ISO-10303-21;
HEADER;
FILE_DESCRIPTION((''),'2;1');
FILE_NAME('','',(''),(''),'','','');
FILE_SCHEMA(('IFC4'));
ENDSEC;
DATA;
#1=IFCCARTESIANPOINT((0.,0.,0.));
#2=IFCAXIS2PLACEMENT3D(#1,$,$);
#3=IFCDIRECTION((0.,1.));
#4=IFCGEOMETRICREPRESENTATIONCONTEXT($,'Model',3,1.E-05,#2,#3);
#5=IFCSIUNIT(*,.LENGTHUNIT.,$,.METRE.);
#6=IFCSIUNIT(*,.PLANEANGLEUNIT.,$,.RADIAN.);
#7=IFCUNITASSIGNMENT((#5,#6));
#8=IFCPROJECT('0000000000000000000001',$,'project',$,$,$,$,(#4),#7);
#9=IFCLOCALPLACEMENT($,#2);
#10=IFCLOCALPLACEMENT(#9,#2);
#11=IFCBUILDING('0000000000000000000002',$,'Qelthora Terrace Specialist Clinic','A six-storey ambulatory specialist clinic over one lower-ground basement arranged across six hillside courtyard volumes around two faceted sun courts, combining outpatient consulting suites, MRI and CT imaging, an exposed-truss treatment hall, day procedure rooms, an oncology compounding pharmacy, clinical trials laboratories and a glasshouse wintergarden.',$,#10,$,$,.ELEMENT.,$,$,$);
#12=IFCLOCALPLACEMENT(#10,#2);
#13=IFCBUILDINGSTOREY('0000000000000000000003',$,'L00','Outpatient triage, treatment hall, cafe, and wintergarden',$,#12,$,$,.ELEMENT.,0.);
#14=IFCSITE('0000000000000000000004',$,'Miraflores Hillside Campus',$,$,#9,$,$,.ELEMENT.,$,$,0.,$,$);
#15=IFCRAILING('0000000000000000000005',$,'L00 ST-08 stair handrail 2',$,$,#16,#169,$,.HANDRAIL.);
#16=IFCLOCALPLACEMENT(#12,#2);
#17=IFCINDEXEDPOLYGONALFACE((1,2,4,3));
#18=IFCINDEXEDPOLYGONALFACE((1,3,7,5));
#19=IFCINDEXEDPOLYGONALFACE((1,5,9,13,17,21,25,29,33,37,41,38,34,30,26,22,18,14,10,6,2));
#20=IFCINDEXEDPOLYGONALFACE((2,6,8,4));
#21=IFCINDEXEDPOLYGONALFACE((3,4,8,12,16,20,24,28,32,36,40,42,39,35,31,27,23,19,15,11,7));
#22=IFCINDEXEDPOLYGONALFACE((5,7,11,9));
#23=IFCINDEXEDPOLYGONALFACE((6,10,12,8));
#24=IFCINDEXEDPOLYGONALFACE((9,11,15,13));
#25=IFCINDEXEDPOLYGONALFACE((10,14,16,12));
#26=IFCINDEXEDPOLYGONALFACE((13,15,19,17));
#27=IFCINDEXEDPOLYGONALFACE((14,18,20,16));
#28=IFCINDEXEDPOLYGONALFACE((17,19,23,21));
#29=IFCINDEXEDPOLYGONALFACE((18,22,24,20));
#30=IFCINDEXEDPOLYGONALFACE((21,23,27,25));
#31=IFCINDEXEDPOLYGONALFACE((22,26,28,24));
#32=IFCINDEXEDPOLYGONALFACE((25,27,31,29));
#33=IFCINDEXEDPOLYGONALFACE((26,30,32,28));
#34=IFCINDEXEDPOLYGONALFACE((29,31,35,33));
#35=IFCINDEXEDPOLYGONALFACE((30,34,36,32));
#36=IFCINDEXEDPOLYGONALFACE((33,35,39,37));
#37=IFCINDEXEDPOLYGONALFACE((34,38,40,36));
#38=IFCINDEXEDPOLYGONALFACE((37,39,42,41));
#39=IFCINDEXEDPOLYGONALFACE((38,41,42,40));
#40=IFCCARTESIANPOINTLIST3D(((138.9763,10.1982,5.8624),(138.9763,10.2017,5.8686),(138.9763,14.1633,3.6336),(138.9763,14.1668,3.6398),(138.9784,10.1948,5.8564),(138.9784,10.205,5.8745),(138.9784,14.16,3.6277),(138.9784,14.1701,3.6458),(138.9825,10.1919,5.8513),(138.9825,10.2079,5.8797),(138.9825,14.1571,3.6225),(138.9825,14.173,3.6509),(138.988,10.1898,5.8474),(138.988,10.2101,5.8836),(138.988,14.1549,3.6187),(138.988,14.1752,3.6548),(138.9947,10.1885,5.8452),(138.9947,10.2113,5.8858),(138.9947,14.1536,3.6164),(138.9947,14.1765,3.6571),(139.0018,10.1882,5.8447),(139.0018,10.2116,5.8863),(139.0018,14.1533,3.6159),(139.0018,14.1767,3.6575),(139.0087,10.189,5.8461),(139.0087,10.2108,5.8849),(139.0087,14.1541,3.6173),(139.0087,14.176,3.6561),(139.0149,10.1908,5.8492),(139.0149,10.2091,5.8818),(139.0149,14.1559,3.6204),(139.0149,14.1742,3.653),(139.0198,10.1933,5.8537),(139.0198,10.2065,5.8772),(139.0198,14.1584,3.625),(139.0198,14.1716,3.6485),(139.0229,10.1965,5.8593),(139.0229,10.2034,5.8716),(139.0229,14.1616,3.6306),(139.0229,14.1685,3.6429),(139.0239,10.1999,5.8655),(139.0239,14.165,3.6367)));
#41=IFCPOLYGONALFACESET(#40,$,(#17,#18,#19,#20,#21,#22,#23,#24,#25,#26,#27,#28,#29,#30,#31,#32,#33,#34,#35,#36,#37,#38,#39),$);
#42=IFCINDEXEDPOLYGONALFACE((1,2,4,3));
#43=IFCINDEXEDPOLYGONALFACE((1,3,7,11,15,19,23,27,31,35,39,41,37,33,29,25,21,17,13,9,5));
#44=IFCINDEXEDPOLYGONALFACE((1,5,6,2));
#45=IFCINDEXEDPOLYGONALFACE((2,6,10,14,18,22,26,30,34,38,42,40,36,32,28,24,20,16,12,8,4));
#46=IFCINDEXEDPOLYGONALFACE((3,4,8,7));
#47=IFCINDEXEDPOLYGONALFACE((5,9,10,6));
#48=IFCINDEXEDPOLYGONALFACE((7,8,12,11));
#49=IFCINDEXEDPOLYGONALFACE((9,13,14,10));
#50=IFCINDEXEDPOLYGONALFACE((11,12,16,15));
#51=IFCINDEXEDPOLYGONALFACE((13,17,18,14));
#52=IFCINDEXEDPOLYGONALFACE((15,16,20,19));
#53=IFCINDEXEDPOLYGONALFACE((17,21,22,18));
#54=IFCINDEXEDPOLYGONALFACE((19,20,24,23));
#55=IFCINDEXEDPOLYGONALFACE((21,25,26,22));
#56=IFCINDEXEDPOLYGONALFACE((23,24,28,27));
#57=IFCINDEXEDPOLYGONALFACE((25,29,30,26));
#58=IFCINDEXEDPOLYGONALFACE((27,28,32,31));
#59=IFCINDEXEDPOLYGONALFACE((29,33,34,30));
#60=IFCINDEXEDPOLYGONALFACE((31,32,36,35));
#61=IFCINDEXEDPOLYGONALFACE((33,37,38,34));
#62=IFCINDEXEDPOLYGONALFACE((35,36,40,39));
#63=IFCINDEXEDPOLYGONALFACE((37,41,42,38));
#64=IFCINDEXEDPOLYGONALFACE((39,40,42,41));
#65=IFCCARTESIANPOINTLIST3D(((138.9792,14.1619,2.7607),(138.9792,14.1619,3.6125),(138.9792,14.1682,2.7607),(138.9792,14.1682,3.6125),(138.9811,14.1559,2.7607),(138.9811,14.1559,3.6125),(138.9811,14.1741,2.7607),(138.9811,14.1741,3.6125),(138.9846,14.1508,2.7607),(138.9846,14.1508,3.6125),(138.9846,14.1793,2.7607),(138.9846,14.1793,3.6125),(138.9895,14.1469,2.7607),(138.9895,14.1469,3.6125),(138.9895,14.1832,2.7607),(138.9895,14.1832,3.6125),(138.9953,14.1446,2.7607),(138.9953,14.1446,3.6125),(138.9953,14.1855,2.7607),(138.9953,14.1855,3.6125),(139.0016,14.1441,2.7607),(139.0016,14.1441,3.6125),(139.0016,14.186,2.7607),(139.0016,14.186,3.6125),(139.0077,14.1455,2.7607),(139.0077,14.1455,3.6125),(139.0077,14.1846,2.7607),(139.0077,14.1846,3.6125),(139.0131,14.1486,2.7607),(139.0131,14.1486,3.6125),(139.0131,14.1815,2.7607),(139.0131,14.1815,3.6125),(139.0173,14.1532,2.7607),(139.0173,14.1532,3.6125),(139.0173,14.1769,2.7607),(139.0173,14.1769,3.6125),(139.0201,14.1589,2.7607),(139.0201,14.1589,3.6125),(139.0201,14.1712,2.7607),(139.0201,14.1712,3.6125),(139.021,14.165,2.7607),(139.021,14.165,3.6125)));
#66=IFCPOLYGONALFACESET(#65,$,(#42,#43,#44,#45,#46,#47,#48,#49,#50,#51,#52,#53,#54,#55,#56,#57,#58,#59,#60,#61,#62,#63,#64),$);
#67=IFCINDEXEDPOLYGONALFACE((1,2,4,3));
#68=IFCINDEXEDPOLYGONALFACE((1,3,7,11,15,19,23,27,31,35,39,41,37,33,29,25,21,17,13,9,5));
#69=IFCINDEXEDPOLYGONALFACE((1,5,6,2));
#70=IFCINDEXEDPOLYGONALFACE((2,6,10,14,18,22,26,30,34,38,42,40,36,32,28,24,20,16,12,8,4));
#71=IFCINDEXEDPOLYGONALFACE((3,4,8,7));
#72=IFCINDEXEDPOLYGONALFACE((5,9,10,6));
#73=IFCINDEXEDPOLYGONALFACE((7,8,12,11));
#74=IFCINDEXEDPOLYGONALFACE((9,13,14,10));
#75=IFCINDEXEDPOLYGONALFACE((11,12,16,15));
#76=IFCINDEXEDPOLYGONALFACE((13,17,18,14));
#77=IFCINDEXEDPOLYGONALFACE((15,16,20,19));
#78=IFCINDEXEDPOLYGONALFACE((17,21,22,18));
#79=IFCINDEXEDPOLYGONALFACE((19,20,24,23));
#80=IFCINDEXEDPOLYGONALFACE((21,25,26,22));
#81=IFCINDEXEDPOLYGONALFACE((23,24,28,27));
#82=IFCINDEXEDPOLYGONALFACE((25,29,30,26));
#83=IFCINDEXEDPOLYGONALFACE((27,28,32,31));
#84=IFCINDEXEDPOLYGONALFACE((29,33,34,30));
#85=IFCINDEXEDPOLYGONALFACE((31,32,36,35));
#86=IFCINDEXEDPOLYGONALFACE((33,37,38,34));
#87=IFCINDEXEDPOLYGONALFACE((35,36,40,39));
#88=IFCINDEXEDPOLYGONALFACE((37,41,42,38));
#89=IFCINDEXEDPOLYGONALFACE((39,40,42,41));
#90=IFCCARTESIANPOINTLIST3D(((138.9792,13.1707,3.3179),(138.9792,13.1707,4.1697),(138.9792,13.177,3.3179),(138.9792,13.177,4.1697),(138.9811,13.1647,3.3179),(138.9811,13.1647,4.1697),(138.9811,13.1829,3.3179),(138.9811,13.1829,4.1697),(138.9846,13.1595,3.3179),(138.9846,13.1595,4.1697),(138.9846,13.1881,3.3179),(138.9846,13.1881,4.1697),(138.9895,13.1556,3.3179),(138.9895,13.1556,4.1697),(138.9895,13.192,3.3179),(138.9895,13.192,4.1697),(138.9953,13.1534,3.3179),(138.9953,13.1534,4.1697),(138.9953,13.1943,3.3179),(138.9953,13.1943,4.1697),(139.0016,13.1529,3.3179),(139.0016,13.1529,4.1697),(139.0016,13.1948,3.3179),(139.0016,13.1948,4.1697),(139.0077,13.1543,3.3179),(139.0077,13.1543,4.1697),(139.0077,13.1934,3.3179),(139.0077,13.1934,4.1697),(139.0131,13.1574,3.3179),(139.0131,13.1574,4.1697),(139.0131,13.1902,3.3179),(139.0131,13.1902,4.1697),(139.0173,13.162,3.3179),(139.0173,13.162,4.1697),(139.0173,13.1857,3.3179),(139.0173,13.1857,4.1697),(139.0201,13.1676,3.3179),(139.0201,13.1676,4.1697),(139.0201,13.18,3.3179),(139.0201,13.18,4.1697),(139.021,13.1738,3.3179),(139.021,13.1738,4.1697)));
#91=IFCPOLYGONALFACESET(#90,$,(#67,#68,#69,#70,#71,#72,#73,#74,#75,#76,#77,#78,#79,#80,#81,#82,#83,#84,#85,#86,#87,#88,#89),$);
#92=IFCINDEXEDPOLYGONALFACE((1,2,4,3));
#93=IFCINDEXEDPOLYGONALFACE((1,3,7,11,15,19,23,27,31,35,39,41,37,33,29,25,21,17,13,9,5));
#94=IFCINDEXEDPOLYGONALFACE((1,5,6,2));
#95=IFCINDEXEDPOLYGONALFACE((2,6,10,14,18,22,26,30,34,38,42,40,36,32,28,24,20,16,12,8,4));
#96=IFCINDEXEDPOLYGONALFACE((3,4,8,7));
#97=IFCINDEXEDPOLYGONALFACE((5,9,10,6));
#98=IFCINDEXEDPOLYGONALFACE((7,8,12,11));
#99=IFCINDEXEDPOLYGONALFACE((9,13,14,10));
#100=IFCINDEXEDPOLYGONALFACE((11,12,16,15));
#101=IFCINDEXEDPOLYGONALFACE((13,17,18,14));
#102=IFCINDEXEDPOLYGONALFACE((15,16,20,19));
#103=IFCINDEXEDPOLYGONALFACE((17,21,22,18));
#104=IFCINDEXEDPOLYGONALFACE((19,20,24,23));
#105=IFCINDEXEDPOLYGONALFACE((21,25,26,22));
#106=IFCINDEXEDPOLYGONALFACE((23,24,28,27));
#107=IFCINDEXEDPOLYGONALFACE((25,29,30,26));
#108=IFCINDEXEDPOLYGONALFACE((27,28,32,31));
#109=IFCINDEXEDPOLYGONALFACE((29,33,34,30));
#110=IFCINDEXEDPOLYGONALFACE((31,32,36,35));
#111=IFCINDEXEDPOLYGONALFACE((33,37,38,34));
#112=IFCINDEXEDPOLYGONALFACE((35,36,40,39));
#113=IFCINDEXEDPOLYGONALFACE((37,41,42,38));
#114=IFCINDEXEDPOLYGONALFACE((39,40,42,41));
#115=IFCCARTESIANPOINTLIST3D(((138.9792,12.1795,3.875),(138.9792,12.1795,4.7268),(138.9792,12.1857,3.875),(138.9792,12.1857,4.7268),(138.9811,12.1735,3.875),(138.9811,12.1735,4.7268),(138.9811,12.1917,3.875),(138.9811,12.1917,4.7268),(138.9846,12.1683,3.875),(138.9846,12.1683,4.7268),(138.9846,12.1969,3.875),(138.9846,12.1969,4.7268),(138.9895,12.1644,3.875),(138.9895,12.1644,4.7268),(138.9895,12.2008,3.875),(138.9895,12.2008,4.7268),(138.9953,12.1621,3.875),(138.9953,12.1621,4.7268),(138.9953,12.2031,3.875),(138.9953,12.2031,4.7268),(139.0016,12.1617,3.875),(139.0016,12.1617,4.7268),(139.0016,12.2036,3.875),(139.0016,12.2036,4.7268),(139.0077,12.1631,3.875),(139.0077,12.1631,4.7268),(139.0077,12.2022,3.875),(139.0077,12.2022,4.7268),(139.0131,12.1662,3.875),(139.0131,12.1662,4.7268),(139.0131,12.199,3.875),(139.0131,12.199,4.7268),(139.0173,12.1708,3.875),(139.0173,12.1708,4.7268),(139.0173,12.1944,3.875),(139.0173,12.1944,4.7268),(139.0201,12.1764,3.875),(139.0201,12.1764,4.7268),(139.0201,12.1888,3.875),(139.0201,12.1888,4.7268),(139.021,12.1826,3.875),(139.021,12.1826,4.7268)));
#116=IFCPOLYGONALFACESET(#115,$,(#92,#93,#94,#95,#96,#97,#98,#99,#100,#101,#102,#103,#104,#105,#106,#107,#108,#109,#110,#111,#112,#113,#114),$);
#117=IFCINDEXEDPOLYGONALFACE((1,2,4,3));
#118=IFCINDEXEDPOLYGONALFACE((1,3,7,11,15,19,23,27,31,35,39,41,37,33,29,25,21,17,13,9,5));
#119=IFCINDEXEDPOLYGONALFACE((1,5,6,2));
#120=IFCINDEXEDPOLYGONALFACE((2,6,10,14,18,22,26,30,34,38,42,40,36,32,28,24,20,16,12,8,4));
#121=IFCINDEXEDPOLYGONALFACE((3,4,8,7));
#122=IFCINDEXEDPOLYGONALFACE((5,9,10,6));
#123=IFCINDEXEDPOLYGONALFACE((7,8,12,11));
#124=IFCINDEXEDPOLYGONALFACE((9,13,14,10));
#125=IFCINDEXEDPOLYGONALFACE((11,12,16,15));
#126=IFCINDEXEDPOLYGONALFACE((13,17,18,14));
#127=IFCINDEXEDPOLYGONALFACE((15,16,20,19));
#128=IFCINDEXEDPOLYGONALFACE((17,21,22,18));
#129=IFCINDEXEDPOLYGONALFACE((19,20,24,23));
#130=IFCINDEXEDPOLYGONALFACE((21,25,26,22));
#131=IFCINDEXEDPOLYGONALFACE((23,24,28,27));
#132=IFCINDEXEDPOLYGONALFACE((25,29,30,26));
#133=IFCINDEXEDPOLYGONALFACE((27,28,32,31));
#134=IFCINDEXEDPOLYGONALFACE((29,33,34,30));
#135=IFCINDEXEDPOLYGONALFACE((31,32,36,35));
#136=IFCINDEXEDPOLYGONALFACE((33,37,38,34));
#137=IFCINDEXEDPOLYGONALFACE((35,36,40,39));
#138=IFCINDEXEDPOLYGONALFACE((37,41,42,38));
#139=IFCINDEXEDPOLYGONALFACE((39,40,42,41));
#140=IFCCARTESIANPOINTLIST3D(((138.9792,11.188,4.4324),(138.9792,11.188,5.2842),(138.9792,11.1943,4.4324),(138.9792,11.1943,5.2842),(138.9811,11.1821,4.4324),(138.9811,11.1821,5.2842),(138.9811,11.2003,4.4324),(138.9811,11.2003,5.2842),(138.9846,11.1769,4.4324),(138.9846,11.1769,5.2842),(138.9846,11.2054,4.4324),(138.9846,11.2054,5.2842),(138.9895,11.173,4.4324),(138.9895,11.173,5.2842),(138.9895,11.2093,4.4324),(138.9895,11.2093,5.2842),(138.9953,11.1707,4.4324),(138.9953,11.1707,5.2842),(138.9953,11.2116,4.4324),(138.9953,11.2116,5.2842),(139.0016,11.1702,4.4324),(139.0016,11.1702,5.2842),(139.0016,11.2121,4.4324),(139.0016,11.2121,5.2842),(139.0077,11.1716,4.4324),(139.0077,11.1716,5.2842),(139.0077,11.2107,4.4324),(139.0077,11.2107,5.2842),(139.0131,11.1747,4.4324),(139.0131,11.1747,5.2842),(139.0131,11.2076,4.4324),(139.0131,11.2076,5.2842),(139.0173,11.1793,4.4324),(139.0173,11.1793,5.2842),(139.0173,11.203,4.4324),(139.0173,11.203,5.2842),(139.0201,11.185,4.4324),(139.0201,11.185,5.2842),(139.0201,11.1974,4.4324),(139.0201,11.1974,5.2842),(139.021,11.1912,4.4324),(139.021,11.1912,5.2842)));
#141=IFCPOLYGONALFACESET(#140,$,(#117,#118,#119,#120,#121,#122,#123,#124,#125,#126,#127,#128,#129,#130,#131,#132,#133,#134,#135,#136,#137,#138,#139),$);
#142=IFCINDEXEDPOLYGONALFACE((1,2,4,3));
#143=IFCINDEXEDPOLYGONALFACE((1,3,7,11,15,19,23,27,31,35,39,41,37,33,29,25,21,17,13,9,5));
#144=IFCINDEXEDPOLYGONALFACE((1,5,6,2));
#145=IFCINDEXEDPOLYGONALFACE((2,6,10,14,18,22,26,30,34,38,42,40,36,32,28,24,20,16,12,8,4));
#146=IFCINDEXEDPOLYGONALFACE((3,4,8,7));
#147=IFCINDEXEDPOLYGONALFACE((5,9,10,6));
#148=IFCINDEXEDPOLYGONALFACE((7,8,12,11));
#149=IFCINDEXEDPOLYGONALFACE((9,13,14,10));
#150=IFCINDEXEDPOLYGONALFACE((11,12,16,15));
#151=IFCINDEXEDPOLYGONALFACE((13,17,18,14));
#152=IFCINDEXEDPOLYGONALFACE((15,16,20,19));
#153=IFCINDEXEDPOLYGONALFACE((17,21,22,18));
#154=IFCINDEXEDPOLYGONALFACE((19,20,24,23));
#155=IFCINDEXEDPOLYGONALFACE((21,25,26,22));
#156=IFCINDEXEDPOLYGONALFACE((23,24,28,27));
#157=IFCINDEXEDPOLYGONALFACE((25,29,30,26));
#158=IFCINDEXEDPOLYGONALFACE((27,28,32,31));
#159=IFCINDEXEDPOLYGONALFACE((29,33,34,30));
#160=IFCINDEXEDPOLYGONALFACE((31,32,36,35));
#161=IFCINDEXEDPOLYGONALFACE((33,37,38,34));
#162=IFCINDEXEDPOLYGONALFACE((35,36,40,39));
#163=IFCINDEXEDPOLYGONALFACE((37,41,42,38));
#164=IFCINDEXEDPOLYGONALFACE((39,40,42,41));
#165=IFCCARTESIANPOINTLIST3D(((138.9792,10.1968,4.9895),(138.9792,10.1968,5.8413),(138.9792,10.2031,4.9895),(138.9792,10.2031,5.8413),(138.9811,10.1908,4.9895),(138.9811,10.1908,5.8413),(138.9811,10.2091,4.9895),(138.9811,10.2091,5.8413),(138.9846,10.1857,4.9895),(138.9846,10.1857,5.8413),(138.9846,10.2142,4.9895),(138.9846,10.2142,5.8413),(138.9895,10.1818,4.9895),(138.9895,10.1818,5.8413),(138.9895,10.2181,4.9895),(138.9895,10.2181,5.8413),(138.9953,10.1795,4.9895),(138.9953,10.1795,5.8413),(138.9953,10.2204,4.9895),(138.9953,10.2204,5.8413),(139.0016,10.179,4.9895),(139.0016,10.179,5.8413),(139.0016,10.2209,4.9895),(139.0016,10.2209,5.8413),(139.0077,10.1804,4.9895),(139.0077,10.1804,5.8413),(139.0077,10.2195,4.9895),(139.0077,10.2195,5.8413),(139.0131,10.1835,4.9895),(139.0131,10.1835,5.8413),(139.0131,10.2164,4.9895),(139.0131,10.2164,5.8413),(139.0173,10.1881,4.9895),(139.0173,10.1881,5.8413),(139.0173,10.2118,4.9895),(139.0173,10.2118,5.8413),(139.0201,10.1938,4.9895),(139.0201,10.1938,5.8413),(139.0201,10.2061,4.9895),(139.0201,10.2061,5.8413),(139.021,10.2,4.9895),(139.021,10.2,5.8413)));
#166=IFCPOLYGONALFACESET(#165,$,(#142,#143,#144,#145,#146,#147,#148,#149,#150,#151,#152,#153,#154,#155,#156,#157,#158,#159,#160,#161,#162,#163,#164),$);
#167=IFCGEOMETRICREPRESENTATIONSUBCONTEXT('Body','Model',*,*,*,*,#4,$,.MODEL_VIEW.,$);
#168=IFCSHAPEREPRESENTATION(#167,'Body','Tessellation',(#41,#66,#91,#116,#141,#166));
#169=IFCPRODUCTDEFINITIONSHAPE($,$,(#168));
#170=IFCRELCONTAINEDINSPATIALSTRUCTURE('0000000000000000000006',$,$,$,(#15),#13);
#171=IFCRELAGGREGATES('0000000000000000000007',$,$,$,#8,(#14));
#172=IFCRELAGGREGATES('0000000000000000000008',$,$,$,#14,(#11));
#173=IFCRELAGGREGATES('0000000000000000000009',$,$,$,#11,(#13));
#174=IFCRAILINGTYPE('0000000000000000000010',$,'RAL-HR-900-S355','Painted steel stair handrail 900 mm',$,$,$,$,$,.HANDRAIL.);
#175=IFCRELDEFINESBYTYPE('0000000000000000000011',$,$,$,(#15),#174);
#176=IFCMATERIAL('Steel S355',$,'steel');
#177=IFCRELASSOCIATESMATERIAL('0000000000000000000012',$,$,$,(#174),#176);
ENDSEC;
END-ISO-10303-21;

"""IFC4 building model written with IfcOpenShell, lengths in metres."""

from ifc_helpers import new_model, si_unit, direction, frame, origin, origin_2d, place, context, subcontext, project, spatial, circle, extrude, material, type_object, element, save


model = new_model("IFC4")

# Units and contexts
model_context = context("Model", 3, precision=1e-05, world=origin(), true_north=direction((0.0, 1.0)))
body_context = subcontext(model_context, "Body", "Model", "MODEL_VIEW")
ifc_project = project(units=[si_unit("LENGTHUNIT", "METRE"), si_unit("PLANEANGLEUNIT", "RADIAN")], contexts=[model_context])

# Site, building, storey
site_placement = place(None, origin())
site = spatial("IfcSite", under=ifc_project, at=site_placement, Name="Miraflores Hillside Campus", CompositionType="ELEMENT", RefElevation=0.0)
building_placement = place(site_placement, origin())
building = spatial("IfcBuilding", under=site, at=building_placement, Name="Qelthora Terrace Specialist Clinic", Description="A six-storey ambulatory specialist clinic over one lower-ground basement arranged across six hillside courtyard volumes around two faceted sun courts, combining outpatient consulting suites, MRI and CT imaging, an exposed-truss treatment hall, day procedure rooms, an oncology compounding pharmacy, clinical trials laboratories and a glasshouse wintergarden.", CompositionType="ELEMENT")
storey_placement = place(building_placement, origin())
storey = spatial("IfcBuildingStorey", under=building, at=storey_placement, Name="L00", Description="Outpatient triage, treatment hall, cafe, and wintergarden", CompositionType="ELEMENT", Elevation=0.0)

# Shared definitions
ifc_material_1 = material(Name="Steel S355", Category="steel")

# Railing
railing_type_1 = type_object("IfcRailingType", Name="RAL-HR-900-S355", Description="Painted steel stair handrail 900 mm", PredefinedType="HANDRAIL", material=ifc_material_1)
railing_1_placement = place(storey_placement, frame((139.0, 14.165, 2.7607)))
element("IfcRailing", 1, at=railing_1_placement, inside=storey, type_object=railing_type_1, Name="L00 ST-08 stair handrail 2", PredefinedType="HANDRAIL", context=body_context, shape_type="SweptSolid", body=[
    extrude(circle(Radius=0.0239, at=origin_2d()), frame((0.0, 0.0, 0.876), z_axis=(0.0, -0.871726, 0.489994), x_axis=(1.0, 0.0, 0.0)), (0.0, 0.0, 1.0), 4.5486),
    extrude(circle(Radius=0.021, at=origin_2d()), origin(), (0.0, 0.0, 1.0), 0.8518),
    extrude(circle(Radius=0.021, at=origin_2d()), frame((0.0, -0.9912, 0.5571)), (0.0, 0.0, 1.0), 0.8518),
    extrude(circle(Radius=0.021, at=origin_2d()), frame((0.0, -1.9824, 1.1143)), (0.0, 0.0, 1.0), 0.8518),
    extrude(circle(Radius=0.021, at=origin_2d()), frame((0.0, -2.9739, 1.6716)), (0.0, 0.0, 1.0), 0.8518),
    extrude(circle(Radius=0.021, at=origin_2d()), frame((0.0, -3.9651, 2.2288)), (0.0, 0.0, 1.0), 0.8518),
])

save(model, "model.ifc")
